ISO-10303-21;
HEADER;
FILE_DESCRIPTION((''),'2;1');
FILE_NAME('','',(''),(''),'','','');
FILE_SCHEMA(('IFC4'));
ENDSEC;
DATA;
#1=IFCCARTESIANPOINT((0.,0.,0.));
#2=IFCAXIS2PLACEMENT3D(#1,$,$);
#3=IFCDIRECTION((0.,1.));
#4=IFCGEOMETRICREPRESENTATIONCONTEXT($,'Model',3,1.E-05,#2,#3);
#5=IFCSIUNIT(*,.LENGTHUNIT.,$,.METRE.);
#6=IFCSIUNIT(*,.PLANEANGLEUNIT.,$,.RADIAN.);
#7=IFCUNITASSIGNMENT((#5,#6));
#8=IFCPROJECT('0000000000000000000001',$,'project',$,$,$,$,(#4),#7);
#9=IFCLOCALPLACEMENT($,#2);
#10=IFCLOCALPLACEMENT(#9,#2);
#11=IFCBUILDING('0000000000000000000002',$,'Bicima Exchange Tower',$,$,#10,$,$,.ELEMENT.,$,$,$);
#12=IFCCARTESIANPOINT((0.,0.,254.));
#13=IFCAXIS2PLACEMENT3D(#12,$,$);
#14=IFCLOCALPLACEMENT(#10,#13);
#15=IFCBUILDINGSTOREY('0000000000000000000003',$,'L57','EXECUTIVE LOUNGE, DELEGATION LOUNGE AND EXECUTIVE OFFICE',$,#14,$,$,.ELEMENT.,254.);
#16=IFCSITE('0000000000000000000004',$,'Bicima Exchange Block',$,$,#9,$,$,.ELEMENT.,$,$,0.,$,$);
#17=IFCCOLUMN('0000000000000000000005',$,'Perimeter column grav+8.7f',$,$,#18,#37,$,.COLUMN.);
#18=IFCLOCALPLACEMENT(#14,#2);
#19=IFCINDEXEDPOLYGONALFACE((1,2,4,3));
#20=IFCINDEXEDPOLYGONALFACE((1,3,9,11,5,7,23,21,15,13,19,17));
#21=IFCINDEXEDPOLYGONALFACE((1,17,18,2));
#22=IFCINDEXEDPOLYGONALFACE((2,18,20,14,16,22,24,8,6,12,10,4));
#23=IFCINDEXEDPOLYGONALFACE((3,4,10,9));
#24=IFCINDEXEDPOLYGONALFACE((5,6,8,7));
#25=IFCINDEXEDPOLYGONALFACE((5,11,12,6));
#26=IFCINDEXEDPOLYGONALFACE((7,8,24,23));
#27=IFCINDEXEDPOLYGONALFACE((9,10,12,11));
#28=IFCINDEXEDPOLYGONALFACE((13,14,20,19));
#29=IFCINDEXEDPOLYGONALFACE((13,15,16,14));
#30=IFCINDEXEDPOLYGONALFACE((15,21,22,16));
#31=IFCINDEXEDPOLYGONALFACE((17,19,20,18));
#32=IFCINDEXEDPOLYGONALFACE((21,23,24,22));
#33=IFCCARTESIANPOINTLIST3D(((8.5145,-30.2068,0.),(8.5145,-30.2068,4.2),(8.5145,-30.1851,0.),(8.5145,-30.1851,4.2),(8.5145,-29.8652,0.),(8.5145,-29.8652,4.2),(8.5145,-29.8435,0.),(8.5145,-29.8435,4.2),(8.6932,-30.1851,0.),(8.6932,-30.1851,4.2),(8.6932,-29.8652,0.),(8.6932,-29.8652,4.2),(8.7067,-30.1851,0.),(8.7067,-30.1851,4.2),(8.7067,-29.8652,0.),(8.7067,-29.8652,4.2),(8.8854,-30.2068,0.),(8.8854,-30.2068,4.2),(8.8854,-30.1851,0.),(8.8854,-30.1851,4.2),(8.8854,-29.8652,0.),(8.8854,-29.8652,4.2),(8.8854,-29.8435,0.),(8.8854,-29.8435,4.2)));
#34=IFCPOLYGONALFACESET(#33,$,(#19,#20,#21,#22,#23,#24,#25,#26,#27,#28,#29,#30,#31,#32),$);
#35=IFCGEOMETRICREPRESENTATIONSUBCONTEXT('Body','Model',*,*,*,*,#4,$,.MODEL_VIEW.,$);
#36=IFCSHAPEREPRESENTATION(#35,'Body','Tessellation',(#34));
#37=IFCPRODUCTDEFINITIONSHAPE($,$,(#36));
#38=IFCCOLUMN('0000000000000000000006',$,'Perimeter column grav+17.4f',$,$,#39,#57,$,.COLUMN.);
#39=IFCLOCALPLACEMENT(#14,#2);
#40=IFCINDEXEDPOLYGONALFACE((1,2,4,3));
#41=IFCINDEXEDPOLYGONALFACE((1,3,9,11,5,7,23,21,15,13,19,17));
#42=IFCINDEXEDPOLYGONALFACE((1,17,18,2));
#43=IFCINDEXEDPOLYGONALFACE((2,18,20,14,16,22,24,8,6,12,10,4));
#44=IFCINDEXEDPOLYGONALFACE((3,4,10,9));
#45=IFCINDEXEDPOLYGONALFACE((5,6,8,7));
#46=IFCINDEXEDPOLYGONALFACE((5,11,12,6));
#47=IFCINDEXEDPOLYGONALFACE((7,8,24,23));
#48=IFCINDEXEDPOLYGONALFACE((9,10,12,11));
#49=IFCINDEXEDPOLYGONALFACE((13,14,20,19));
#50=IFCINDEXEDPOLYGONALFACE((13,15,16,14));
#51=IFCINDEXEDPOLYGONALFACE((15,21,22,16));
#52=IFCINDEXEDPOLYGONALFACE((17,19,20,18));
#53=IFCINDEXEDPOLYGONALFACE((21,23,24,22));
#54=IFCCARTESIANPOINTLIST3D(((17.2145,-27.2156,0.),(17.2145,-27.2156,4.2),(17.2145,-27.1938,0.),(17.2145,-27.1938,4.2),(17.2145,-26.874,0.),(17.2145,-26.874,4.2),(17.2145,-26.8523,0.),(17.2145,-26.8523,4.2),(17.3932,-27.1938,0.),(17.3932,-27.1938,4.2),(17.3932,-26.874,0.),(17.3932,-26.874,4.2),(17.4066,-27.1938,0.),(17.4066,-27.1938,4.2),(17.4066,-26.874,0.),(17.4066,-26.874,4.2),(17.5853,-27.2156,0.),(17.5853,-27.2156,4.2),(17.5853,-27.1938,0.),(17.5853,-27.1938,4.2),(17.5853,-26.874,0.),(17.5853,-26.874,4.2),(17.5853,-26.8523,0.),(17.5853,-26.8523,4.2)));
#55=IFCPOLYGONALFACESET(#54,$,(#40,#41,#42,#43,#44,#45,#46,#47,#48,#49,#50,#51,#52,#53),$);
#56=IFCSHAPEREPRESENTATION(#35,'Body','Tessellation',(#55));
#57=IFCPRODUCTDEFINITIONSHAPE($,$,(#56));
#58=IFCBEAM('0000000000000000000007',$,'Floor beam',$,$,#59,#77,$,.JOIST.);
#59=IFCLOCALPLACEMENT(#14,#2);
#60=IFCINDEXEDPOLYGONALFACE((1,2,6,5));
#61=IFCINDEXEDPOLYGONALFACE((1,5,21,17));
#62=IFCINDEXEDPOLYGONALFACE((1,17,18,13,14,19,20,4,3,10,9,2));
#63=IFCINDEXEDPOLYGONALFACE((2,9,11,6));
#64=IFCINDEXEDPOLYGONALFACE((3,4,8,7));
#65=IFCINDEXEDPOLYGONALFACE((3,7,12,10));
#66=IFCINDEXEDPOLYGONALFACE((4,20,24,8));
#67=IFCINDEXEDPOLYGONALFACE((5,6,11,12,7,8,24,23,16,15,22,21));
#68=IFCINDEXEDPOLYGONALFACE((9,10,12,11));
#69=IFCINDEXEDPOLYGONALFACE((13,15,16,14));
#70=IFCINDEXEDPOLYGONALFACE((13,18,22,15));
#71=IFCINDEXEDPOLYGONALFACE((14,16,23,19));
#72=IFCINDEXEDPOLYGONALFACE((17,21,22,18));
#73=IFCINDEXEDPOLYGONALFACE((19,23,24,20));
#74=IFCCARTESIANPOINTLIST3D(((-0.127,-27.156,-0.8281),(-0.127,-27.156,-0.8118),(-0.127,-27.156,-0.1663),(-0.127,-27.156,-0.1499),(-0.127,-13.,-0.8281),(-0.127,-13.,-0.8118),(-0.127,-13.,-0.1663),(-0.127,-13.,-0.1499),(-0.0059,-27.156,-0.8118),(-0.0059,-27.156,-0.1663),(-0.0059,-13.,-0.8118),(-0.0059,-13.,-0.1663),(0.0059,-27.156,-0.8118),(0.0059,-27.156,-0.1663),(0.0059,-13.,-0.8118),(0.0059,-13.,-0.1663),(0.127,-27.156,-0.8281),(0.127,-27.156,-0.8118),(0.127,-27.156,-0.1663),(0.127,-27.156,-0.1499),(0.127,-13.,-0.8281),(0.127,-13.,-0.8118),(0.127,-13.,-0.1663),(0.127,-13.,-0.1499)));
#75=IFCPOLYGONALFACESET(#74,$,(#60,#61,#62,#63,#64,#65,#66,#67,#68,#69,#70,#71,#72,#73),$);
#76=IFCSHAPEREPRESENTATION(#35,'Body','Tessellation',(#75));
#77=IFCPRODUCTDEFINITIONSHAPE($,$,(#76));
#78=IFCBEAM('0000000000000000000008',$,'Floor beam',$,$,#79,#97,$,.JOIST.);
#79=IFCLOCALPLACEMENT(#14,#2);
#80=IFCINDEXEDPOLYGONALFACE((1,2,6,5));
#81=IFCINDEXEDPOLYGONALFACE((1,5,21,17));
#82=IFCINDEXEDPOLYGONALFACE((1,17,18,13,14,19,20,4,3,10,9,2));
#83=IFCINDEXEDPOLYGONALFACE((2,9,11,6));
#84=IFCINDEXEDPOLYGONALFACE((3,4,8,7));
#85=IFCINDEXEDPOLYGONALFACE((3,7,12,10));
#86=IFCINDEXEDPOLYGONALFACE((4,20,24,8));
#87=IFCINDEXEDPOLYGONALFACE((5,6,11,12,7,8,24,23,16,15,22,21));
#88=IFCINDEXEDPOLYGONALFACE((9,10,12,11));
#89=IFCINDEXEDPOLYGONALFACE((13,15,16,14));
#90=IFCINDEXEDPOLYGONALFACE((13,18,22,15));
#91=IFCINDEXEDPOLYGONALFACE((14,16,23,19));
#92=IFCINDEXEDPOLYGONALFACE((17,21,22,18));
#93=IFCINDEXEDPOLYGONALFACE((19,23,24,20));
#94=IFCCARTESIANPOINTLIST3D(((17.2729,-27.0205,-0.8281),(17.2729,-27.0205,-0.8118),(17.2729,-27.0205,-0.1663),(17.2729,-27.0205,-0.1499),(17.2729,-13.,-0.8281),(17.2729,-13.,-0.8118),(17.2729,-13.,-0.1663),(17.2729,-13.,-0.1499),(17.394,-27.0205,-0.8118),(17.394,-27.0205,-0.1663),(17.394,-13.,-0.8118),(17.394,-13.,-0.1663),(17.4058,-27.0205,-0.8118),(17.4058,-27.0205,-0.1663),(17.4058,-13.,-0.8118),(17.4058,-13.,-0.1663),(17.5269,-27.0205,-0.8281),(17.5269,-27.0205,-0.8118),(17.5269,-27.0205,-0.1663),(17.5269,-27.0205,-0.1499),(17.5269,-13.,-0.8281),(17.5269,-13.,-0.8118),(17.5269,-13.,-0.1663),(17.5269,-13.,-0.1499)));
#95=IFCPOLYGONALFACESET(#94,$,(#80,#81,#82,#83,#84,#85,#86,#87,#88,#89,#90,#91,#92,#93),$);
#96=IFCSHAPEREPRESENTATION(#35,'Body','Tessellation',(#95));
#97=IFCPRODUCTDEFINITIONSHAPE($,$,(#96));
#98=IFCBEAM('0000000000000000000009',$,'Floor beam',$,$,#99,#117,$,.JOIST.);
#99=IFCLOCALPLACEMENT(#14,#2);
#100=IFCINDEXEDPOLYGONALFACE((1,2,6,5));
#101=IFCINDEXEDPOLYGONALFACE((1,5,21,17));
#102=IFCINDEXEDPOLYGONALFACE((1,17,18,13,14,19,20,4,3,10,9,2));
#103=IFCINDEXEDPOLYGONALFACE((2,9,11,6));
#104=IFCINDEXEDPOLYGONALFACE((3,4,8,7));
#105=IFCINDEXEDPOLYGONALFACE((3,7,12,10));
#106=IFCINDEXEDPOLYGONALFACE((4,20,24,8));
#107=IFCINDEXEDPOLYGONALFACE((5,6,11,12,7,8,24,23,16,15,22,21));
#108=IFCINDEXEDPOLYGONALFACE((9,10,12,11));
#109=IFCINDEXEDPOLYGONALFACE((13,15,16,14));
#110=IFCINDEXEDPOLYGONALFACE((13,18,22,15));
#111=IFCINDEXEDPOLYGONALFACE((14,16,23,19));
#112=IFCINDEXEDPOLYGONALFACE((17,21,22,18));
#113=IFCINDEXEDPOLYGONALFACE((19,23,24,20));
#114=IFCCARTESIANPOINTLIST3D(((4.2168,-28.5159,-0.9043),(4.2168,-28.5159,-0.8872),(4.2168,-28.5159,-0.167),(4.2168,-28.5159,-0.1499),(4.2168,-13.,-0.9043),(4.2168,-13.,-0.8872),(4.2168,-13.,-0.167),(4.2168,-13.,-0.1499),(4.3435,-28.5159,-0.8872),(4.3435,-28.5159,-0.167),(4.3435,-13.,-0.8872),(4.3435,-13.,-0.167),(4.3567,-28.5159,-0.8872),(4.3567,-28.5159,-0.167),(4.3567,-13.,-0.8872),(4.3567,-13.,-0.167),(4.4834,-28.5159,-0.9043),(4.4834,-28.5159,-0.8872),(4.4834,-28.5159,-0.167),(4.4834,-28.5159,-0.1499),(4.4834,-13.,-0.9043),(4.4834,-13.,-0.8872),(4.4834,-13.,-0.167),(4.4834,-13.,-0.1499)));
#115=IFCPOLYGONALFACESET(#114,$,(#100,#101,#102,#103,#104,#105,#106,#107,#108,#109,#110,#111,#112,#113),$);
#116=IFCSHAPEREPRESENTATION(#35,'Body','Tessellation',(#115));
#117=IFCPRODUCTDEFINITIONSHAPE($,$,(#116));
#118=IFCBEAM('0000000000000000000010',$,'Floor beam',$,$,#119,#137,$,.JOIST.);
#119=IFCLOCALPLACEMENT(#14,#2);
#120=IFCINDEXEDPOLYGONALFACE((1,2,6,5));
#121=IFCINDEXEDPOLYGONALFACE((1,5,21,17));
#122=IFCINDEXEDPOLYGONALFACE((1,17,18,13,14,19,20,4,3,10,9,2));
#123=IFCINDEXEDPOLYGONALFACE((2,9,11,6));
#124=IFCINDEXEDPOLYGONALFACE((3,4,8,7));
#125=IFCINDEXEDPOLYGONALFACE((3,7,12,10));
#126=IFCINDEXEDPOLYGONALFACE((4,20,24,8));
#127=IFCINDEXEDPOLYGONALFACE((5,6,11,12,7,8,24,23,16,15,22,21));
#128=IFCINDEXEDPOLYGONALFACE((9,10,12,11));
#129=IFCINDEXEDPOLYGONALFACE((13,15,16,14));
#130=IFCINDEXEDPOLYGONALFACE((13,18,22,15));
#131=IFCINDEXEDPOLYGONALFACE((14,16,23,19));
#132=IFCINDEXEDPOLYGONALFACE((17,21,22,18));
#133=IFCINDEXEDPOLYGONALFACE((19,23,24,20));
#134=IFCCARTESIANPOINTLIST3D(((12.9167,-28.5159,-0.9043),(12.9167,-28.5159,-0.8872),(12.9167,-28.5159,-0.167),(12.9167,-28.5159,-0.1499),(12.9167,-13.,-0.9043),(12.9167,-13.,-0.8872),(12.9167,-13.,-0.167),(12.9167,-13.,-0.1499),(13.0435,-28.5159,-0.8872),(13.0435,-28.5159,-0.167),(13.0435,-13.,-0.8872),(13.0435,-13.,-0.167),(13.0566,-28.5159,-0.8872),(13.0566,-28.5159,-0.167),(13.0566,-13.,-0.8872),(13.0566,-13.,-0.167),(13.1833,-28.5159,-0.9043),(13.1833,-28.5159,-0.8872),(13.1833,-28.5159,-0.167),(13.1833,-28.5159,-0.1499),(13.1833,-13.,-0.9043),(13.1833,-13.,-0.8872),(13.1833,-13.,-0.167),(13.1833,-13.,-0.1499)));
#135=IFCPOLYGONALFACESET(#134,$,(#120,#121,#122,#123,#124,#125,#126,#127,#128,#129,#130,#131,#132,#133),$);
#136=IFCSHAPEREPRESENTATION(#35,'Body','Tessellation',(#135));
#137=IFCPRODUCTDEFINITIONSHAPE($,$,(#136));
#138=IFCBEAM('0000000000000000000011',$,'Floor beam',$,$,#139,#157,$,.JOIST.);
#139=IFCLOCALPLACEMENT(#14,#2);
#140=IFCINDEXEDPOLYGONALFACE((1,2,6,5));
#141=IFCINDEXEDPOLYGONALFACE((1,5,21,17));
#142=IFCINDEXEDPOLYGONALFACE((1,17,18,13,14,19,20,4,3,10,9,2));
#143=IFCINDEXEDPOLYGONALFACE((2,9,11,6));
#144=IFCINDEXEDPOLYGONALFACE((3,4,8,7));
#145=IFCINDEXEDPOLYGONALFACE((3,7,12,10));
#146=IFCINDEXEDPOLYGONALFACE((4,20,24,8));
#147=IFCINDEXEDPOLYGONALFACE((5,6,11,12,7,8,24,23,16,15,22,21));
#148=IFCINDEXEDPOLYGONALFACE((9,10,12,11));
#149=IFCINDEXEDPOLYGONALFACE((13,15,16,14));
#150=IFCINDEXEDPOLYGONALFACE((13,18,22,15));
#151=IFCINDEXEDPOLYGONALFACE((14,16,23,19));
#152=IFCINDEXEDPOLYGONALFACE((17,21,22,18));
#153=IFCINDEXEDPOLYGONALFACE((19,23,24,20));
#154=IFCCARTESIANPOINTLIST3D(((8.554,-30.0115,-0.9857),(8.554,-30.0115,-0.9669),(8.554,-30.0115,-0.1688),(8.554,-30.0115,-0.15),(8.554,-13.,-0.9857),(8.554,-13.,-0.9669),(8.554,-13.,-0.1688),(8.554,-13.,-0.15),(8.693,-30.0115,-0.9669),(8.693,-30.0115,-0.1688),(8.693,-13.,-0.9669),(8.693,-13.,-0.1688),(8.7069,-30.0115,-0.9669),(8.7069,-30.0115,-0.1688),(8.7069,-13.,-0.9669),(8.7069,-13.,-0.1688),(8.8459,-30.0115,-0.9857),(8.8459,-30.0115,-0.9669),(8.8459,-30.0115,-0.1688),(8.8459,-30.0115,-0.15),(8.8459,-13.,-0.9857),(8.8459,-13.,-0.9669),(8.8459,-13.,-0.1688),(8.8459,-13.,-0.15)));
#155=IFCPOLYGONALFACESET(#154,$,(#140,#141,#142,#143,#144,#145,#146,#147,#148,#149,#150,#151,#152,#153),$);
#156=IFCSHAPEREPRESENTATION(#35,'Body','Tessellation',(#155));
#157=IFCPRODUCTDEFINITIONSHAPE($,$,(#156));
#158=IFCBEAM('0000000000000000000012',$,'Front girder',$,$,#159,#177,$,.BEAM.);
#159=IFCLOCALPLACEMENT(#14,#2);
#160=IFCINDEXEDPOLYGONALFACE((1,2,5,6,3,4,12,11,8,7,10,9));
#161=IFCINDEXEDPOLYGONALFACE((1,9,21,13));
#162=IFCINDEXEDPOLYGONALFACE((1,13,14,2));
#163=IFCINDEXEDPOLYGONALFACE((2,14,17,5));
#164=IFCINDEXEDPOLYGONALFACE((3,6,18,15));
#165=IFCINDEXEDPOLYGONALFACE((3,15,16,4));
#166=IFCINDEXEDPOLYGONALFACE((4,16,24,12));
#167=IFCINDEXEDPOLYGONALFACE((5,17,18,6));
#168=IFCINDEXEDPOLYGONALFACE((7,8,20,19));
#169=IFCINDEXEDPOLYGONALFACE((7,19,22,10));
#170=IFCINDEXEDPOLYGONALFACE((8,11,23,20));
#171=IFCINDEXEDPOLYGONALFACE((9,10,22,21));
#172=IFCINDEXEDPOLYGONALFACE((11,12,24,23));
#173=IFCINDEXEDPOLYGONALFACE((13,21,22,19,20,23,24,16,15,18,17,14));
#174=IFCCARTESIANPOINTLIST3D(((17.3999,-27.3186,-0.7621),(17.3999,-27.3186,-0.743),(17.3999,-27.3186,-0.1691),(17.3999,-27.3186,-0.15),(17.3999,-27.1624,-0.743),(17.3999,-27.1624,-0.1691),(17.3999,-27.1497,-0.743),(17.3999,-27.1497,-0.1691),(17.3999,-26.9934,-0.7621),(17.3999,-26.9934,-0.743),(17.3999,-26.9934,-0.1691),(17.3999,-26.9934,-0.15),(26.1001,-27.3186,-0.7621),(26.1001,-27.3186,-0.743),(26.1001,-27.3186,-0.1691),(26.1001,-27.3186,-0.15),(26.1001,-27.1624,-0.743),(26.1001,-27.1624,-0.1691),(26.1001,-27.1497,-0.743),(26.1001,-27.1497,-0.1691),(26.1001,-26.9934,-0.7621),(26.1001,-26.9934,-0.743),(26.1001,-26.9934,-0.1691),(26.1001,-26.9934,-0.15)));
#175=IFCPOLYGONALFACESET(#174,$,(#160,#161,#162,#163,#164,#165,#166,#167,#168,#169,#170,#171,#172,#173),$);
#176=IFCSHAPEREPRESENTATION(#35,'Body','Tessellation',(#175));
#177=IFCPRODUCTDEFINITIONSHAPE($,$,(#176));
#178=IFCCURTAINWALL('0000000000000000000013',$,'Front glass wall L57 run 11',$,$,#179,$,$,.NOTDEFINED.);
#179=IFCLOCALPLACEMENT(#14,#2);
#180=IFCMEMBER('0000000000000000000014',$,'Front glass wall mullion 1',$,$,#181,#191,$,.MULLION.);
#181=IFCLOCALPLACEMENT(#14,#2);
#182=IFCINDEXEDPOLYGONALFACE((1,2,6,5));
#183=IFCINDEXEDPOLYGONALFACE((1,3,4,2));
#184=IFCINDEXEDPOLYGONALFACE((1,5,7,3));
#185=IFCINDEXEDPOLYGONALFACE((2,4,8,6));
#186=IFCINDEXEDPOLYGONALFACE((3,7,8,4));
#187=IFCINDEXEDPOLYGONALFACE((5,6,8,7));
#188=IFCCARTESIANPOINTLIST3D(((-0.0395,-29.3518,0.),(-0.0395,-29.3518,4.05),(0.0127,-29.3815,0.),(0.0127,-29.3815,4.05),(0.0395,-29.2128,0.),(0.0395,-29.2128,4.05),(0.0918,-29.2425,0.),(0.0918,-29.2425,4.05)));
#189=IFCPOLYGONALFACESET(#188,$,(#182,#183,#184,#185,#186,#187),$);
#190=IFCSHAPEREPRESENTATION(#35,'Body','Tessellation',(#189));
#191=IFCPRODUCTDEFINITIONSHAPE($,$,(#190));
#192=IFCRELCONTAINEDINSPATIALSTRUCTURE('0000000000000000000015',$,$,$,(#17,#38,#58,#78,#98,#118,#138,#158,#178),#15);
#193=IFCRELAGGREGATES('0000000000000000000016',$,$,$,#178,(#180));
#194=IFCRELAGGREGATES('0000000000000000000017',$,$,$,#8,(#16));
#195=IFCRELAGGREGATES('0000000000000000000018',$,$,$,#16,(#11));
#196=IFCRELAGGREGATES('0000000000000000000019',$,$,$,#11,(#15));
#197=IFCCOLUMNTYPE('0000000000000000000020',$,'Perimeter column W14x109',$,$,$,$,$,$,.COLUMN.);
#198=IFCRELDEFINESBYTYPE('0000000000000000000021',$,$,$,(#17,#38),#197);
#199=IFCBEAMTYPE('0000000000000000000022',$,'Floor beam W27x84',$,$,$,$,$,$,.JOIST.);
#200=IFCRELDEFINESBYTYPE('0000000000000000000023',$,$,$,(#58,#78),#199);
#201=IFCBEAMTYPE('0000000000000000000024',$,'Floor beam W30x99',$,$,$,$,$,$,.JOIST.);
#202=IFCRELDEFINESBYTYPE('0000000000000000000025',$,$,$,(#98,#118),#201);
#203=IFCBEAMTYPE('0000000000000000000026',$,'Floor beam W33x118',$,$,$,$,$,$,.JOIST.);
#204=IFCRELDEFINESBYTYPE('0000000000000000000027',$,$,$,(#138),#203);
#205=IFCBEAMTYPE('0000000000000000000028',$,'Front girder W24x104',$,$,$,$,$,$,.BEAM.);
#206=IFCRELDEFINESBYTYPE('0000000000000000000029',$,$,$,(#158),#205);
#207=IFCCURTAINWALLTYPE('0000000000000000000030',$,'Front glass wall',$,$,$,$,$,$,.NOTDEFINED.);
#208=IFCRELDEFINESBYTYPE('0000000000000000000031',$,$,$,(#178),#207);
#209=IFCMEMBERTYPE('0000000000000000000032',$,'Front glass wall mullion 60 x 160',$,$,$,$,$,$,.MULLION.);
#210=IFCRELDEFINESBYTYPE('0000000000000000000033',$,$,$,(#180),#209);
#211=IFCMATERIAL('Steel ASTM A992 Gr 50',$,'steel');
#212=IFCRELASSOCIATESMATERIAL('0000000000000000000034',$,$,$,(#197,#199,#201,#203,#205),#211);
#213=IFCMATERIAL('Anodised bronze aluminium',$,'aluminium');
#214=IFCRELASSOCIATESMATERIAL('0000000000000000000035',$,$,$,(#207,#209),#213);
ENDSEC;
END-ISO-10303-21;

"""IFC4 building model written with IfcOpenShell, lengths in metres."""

from ifc_helpers import new_model, si_unit, direction, frame, origin, origin_2d, place, context, subcontext, project, spatial, rectangle, i_section, extrude, material, material_profile, profile_set, type_object, element, aggregate, save


model = new_model("IFC4")

# Units and contexts
model_context = context("Model", 3, precision=1e-05, world=origin(), true_north=direction((0.0, 1.0)))
body_context = subcontext(model_context, "Body", "Model", "MODEL_VIEW")
ifc_project = project(units=[si_unit("LENGTHUNIT", "METRE"), si_unit("PLANEANGLEUNIT", "RADIAN")], contexts=[model_context])

# Site, building, storey
site_placement = place(None, origin())
site = spatial("IfcSite", under=ifc_project, at=site_placement, Name="Bicima Exchange Block", CompositionType="ELEMENT", RefElevation=0.0)
building_placement = place(site_placement, origin())
building = spatial("IfcBuilding", under=site, at=building_placement, Name="Bicima Exchange Tower", CompositionType="ELEMENT")
storey_placement = place(building_placement, frame((0.0, 0.0, 254.0)))
storey = spatial("IfcBuildingStorey", under=building, at=storey_placement, Name="L57", Description="EXECUTIVE LOUNGE, DELEGATION LOUNGE AND EXECUTIVE OFFICE", CompositionType="ELEMENT", Elevation=254.0)

# Columns
ifc_material_1 = material(Name="Steel ASTM A992 Gr 50", Category="steel")
ifc_material_profile_1 = material_profile(ifc_material_1, i_section(OverallWidth=0.3708, OverallDepth=0.3633, WebThickness=0.0134, FlangeThickness=0.0217, at=origin_2d()))
ifc_profile_set_1 = profile_set([ifc_material_profile_1], Name="Steel ASTM A992 Gr 50")
column_type = type_object("IfcColumnType", Name="Perimeter column W14x109", PredefinedType="COLUMN", material=ifc_profile_set_1)
for number, where, z_axis, x_axis, name in (
    (1, (8.7, -30.0251, 0.0), (0.0, 0.0, 1.0), (1.0, 0.0, 0.0), "Perimeter column grav+8.7f"),
    (2, (17.3999, -27.0339, 0.0), (0.0, 0.0, 1.0), (1.0, 0.0, 0.0), "Perimeter column grav+17.4f"),
):
    element("IfcColumn", number, at=place(storey_placement, frame(where, z_axis=z_axis, x_axis=x_axis)), inside=storey, type_object=column_type, Name=name, PredefinedType="COLUMN", context=body_context, shape_type="SweptSolid", body=[
        extrude(i_section(OverallWidth=0.3708, OverallDepth=0.3633, WebThickness=0.0134, FlangeThickness=0.0217, at=origin_2d()), origin(), (0.0, 0.0, 1.0), 4.2),
    ])

# Beams
ifc_material_profile_2 = material_profile(ifc_material_1, i_section(OverallWidth=0.2539, OverallDepth=0.6782, WebThickness=0.0117, FlangeThickness=0.0164, at=origin_2d()))
ifc_profile_set_2 = profile_set([ifc_material_profile_2], Name="Steel ASTM A992 Gr 50")
beam_type_1 = type_object("IfcBeamType", Name="Floor beam W27x84", PredefinedType="JOIST", material=ifc_profile_set_2)
beam_1_placement = place(storey_placement, frame((0.0, -13.0, -0.489), z_axis=(0.0, -1.0, 0.0), x_axis=(1.0, 0.0, 0.0)))
element("IfcBeam", 3, at=beam_1_placement, inside=storey, type_object=beam_type_1, Name="Floor beam", PredefinedType="JOIST", context=body_context, shape_type="SweptSolid", body=[
    extrude(i_section(OverallWidth=0.2539, OverallDepth=0.6782, WebThickness=0.0117, FlangeThickness=0.0164, at=origin_2d()), origin(), (0.0, 0.0, 1.0), 14.156),
])
beam_2_placement = place(storey_placement, frame((17.3999, -13.0, -0.489), z_axis=(0.0, -1.0, 0.0), x_axis=(1.0, 0.0, 0.0)))
element("IfcBeam", 4, at=beam_2_placement, inside=storey, type_object=beam_type_1, Name="Floor beam", PredefinedType="JOIST", context=body_context, shape_type="SweptSolid", body=[
    extrude(i_section(OverallWidth=0.2539, OverallDepth=0.6782, WebThickness=0.0117, FlangeThickness=0.0164, at=origin_2d()), origin(), (0.0, 0.0, 1.0), 14.0205),
])
ifc_material_profile_3 = material_profile(ifc_material_1, i_section(OverallWidth=0.2666, OverallDepth=0.7544, WebThickness=0.0132, FlangeThickness=0.0171, at=origin_2d()))
ifc_profile_set_3 = profile_set([ifc_material_profile_3], Name="Steel ASTM A992 Gr 50")
beam_type_2 = type_object("IfcBeamType", Name="Floor beam W30x99", PredefinedType="JOIST", material=ifc_profile_set_3)
for number, where, z_axis, x_axis, name in (
    (5, (4.3501, -13.0, -0.5271), (0.0, -1.0, 0.0), (1.0, 0.0, 0.0), "Floor beam"),
    (6, (13.05, -13.0, -0.5271), (0.0, -1.0, 0.0), (1.0, 0.0, 0.0), "Floor beam"),
):
    element("IfcBeam", number, at=place(storey_placement, frame(where, z_axis=z_axis, x_axis=x_axis)), inside=storey, type_object=beam_type_2, Name=name, PredefinedType="JOIST", context=body_context, shape_type="SweptSolid", body=[
        extrude(i_section(OverallWidth=0.2666, OverallDepth=0.7544, WebThickness=0.0132, FlangeThickness=0.0171, at=origin_2d()), origin(), (0.0, 0.0, 1.0), 15.5159),
    ])
ifc_material_profile_4 = material_profile(ifc_material_1, i_section(OverallWidth=0.292, OverallDepth=0.8357, WebThickness=0.0139, FlangeThickness=0.0188, at=origin_2d()))
ifc_profile_set_4 = profile_set([ifc_material_profile_4], Name="Steel ASTM A992 Gr 50")
beam_type_3 = type_object("IfcBeamType", Name="Floor beam W33x118", PredefinedType="JOIST", material=ifc_profile_set_4)
beam_3_placement = place(storey_placement, frame((8.7, -13.0, -0.5679), z_axis=(0.0, -1.0, 0.0), x_axis=(1.0, 0.0, 0.0)))
element("IfcBeam", 7, at=beam_3_placement, inside=storey, type_object=beam_type_3, Name="Floor beam", PredefinedType="JOIST", context=body_context, shape_type="SweptSolid", body=[
    extrude(i_section(OverallWidth=0.292, OverallDepth=0.8357, WebThickness=0.0139, FlangeThickness=0.0188, at=origin_2d()), origin(), (0.0, 0.0, 1.0), 17.0115),
])
ifc_material_profile_5 = material_profile(ifc_material_1, i_section(OverallWidth=0.3252, OverallDepth=0.6121, WebThickness=0.0127, FlangeThickness=0.019, at=origin_2d()))
ifc_profile_set_5 = profile_set([ifc_material_profile_5], Name="Steel ASTM A992 Gr 50")
beam_type_4 = type_object("IfcBeamType", Name="Front girder W24x104", PredefinedType="BEAM", material=ifc_profile_set_5)
beam_4_placement = place(storey_placement, frame((17.3999, -27.156, -0.4561), z_axis=(1.0, 0.0, 0.0), x_axis=(0.0, 1.0, 0.0)))
element("IfcBeam", 8, at=beam_4_placement, inside=storey, type_object=beam_type_4, Name="Front girder", PredefinedType="BEAM", context=body_context, shape_type="SweptSolid", body=[
    extrude(i_section(OverallWidth=0.3252, OverallDepth=0.6121, WebThickness=0.0127, FlangeThickness=0.019, at=origin_2d()), origin(), (0.0, 0.0, 1.0), 8.7002),
])

# Curtain wall, member
ifc_material_2 = material(Name="Anodised bronze aluminium", Category="aluminium")
curtain_wall_type = type_object("IfcCurtainWallType", Name="Front glass wall", PredefinedType="NOTDEFINED", material=ifc_material_2)
curtain_wall_1_placement = place(storey_placement, origin())
curtain_wall_1 = element("IfcCurtainWall", 9, at=curtain_wall_1_placement, inside=storey, type_object=curtain_wall_type, Name="Front glass wall L57 run 11", PredefinedType="NOTDEFINED")
ifc_material_profile_6 = material_profile(ifc_material_2, rectangle(XDim=0.1599, YDim=0.0601, at=origin_2d()))
ifc_profile_set_6 = profile_set([ifc_material_profile_6], Name="Anodised bronze aluminium")
member_type_1 = type_object("IfcMemberType", Name="Front glass wall mullion 60 x 160", PredefinedType="MULLION", material=ifc_profile_set_6)
member_1_placement = place(storey_placement, frame((0.0261, -29.2971, 0.0), z_axis=(0.0, 0.0, 1.0), x_axis=(0.49433, 0.869274, 0.0)))
member_1 = element("IfcMember", 10, at=member_1_placement, type_object=member_type_1, Name="Front glass wall mullion 1", PredefinedType="MULLION", context=body_context, shape_type="SweptSolid", body=[
    extrude(rectangle(XDim=0.1599, YDim=0.0601, at=origin_2d()), origin(), (0.0, 0.0, 1.0), 4.05),
])

aggregate(curtain_wall_1, [member_1])

save(model, "model.ifc")
